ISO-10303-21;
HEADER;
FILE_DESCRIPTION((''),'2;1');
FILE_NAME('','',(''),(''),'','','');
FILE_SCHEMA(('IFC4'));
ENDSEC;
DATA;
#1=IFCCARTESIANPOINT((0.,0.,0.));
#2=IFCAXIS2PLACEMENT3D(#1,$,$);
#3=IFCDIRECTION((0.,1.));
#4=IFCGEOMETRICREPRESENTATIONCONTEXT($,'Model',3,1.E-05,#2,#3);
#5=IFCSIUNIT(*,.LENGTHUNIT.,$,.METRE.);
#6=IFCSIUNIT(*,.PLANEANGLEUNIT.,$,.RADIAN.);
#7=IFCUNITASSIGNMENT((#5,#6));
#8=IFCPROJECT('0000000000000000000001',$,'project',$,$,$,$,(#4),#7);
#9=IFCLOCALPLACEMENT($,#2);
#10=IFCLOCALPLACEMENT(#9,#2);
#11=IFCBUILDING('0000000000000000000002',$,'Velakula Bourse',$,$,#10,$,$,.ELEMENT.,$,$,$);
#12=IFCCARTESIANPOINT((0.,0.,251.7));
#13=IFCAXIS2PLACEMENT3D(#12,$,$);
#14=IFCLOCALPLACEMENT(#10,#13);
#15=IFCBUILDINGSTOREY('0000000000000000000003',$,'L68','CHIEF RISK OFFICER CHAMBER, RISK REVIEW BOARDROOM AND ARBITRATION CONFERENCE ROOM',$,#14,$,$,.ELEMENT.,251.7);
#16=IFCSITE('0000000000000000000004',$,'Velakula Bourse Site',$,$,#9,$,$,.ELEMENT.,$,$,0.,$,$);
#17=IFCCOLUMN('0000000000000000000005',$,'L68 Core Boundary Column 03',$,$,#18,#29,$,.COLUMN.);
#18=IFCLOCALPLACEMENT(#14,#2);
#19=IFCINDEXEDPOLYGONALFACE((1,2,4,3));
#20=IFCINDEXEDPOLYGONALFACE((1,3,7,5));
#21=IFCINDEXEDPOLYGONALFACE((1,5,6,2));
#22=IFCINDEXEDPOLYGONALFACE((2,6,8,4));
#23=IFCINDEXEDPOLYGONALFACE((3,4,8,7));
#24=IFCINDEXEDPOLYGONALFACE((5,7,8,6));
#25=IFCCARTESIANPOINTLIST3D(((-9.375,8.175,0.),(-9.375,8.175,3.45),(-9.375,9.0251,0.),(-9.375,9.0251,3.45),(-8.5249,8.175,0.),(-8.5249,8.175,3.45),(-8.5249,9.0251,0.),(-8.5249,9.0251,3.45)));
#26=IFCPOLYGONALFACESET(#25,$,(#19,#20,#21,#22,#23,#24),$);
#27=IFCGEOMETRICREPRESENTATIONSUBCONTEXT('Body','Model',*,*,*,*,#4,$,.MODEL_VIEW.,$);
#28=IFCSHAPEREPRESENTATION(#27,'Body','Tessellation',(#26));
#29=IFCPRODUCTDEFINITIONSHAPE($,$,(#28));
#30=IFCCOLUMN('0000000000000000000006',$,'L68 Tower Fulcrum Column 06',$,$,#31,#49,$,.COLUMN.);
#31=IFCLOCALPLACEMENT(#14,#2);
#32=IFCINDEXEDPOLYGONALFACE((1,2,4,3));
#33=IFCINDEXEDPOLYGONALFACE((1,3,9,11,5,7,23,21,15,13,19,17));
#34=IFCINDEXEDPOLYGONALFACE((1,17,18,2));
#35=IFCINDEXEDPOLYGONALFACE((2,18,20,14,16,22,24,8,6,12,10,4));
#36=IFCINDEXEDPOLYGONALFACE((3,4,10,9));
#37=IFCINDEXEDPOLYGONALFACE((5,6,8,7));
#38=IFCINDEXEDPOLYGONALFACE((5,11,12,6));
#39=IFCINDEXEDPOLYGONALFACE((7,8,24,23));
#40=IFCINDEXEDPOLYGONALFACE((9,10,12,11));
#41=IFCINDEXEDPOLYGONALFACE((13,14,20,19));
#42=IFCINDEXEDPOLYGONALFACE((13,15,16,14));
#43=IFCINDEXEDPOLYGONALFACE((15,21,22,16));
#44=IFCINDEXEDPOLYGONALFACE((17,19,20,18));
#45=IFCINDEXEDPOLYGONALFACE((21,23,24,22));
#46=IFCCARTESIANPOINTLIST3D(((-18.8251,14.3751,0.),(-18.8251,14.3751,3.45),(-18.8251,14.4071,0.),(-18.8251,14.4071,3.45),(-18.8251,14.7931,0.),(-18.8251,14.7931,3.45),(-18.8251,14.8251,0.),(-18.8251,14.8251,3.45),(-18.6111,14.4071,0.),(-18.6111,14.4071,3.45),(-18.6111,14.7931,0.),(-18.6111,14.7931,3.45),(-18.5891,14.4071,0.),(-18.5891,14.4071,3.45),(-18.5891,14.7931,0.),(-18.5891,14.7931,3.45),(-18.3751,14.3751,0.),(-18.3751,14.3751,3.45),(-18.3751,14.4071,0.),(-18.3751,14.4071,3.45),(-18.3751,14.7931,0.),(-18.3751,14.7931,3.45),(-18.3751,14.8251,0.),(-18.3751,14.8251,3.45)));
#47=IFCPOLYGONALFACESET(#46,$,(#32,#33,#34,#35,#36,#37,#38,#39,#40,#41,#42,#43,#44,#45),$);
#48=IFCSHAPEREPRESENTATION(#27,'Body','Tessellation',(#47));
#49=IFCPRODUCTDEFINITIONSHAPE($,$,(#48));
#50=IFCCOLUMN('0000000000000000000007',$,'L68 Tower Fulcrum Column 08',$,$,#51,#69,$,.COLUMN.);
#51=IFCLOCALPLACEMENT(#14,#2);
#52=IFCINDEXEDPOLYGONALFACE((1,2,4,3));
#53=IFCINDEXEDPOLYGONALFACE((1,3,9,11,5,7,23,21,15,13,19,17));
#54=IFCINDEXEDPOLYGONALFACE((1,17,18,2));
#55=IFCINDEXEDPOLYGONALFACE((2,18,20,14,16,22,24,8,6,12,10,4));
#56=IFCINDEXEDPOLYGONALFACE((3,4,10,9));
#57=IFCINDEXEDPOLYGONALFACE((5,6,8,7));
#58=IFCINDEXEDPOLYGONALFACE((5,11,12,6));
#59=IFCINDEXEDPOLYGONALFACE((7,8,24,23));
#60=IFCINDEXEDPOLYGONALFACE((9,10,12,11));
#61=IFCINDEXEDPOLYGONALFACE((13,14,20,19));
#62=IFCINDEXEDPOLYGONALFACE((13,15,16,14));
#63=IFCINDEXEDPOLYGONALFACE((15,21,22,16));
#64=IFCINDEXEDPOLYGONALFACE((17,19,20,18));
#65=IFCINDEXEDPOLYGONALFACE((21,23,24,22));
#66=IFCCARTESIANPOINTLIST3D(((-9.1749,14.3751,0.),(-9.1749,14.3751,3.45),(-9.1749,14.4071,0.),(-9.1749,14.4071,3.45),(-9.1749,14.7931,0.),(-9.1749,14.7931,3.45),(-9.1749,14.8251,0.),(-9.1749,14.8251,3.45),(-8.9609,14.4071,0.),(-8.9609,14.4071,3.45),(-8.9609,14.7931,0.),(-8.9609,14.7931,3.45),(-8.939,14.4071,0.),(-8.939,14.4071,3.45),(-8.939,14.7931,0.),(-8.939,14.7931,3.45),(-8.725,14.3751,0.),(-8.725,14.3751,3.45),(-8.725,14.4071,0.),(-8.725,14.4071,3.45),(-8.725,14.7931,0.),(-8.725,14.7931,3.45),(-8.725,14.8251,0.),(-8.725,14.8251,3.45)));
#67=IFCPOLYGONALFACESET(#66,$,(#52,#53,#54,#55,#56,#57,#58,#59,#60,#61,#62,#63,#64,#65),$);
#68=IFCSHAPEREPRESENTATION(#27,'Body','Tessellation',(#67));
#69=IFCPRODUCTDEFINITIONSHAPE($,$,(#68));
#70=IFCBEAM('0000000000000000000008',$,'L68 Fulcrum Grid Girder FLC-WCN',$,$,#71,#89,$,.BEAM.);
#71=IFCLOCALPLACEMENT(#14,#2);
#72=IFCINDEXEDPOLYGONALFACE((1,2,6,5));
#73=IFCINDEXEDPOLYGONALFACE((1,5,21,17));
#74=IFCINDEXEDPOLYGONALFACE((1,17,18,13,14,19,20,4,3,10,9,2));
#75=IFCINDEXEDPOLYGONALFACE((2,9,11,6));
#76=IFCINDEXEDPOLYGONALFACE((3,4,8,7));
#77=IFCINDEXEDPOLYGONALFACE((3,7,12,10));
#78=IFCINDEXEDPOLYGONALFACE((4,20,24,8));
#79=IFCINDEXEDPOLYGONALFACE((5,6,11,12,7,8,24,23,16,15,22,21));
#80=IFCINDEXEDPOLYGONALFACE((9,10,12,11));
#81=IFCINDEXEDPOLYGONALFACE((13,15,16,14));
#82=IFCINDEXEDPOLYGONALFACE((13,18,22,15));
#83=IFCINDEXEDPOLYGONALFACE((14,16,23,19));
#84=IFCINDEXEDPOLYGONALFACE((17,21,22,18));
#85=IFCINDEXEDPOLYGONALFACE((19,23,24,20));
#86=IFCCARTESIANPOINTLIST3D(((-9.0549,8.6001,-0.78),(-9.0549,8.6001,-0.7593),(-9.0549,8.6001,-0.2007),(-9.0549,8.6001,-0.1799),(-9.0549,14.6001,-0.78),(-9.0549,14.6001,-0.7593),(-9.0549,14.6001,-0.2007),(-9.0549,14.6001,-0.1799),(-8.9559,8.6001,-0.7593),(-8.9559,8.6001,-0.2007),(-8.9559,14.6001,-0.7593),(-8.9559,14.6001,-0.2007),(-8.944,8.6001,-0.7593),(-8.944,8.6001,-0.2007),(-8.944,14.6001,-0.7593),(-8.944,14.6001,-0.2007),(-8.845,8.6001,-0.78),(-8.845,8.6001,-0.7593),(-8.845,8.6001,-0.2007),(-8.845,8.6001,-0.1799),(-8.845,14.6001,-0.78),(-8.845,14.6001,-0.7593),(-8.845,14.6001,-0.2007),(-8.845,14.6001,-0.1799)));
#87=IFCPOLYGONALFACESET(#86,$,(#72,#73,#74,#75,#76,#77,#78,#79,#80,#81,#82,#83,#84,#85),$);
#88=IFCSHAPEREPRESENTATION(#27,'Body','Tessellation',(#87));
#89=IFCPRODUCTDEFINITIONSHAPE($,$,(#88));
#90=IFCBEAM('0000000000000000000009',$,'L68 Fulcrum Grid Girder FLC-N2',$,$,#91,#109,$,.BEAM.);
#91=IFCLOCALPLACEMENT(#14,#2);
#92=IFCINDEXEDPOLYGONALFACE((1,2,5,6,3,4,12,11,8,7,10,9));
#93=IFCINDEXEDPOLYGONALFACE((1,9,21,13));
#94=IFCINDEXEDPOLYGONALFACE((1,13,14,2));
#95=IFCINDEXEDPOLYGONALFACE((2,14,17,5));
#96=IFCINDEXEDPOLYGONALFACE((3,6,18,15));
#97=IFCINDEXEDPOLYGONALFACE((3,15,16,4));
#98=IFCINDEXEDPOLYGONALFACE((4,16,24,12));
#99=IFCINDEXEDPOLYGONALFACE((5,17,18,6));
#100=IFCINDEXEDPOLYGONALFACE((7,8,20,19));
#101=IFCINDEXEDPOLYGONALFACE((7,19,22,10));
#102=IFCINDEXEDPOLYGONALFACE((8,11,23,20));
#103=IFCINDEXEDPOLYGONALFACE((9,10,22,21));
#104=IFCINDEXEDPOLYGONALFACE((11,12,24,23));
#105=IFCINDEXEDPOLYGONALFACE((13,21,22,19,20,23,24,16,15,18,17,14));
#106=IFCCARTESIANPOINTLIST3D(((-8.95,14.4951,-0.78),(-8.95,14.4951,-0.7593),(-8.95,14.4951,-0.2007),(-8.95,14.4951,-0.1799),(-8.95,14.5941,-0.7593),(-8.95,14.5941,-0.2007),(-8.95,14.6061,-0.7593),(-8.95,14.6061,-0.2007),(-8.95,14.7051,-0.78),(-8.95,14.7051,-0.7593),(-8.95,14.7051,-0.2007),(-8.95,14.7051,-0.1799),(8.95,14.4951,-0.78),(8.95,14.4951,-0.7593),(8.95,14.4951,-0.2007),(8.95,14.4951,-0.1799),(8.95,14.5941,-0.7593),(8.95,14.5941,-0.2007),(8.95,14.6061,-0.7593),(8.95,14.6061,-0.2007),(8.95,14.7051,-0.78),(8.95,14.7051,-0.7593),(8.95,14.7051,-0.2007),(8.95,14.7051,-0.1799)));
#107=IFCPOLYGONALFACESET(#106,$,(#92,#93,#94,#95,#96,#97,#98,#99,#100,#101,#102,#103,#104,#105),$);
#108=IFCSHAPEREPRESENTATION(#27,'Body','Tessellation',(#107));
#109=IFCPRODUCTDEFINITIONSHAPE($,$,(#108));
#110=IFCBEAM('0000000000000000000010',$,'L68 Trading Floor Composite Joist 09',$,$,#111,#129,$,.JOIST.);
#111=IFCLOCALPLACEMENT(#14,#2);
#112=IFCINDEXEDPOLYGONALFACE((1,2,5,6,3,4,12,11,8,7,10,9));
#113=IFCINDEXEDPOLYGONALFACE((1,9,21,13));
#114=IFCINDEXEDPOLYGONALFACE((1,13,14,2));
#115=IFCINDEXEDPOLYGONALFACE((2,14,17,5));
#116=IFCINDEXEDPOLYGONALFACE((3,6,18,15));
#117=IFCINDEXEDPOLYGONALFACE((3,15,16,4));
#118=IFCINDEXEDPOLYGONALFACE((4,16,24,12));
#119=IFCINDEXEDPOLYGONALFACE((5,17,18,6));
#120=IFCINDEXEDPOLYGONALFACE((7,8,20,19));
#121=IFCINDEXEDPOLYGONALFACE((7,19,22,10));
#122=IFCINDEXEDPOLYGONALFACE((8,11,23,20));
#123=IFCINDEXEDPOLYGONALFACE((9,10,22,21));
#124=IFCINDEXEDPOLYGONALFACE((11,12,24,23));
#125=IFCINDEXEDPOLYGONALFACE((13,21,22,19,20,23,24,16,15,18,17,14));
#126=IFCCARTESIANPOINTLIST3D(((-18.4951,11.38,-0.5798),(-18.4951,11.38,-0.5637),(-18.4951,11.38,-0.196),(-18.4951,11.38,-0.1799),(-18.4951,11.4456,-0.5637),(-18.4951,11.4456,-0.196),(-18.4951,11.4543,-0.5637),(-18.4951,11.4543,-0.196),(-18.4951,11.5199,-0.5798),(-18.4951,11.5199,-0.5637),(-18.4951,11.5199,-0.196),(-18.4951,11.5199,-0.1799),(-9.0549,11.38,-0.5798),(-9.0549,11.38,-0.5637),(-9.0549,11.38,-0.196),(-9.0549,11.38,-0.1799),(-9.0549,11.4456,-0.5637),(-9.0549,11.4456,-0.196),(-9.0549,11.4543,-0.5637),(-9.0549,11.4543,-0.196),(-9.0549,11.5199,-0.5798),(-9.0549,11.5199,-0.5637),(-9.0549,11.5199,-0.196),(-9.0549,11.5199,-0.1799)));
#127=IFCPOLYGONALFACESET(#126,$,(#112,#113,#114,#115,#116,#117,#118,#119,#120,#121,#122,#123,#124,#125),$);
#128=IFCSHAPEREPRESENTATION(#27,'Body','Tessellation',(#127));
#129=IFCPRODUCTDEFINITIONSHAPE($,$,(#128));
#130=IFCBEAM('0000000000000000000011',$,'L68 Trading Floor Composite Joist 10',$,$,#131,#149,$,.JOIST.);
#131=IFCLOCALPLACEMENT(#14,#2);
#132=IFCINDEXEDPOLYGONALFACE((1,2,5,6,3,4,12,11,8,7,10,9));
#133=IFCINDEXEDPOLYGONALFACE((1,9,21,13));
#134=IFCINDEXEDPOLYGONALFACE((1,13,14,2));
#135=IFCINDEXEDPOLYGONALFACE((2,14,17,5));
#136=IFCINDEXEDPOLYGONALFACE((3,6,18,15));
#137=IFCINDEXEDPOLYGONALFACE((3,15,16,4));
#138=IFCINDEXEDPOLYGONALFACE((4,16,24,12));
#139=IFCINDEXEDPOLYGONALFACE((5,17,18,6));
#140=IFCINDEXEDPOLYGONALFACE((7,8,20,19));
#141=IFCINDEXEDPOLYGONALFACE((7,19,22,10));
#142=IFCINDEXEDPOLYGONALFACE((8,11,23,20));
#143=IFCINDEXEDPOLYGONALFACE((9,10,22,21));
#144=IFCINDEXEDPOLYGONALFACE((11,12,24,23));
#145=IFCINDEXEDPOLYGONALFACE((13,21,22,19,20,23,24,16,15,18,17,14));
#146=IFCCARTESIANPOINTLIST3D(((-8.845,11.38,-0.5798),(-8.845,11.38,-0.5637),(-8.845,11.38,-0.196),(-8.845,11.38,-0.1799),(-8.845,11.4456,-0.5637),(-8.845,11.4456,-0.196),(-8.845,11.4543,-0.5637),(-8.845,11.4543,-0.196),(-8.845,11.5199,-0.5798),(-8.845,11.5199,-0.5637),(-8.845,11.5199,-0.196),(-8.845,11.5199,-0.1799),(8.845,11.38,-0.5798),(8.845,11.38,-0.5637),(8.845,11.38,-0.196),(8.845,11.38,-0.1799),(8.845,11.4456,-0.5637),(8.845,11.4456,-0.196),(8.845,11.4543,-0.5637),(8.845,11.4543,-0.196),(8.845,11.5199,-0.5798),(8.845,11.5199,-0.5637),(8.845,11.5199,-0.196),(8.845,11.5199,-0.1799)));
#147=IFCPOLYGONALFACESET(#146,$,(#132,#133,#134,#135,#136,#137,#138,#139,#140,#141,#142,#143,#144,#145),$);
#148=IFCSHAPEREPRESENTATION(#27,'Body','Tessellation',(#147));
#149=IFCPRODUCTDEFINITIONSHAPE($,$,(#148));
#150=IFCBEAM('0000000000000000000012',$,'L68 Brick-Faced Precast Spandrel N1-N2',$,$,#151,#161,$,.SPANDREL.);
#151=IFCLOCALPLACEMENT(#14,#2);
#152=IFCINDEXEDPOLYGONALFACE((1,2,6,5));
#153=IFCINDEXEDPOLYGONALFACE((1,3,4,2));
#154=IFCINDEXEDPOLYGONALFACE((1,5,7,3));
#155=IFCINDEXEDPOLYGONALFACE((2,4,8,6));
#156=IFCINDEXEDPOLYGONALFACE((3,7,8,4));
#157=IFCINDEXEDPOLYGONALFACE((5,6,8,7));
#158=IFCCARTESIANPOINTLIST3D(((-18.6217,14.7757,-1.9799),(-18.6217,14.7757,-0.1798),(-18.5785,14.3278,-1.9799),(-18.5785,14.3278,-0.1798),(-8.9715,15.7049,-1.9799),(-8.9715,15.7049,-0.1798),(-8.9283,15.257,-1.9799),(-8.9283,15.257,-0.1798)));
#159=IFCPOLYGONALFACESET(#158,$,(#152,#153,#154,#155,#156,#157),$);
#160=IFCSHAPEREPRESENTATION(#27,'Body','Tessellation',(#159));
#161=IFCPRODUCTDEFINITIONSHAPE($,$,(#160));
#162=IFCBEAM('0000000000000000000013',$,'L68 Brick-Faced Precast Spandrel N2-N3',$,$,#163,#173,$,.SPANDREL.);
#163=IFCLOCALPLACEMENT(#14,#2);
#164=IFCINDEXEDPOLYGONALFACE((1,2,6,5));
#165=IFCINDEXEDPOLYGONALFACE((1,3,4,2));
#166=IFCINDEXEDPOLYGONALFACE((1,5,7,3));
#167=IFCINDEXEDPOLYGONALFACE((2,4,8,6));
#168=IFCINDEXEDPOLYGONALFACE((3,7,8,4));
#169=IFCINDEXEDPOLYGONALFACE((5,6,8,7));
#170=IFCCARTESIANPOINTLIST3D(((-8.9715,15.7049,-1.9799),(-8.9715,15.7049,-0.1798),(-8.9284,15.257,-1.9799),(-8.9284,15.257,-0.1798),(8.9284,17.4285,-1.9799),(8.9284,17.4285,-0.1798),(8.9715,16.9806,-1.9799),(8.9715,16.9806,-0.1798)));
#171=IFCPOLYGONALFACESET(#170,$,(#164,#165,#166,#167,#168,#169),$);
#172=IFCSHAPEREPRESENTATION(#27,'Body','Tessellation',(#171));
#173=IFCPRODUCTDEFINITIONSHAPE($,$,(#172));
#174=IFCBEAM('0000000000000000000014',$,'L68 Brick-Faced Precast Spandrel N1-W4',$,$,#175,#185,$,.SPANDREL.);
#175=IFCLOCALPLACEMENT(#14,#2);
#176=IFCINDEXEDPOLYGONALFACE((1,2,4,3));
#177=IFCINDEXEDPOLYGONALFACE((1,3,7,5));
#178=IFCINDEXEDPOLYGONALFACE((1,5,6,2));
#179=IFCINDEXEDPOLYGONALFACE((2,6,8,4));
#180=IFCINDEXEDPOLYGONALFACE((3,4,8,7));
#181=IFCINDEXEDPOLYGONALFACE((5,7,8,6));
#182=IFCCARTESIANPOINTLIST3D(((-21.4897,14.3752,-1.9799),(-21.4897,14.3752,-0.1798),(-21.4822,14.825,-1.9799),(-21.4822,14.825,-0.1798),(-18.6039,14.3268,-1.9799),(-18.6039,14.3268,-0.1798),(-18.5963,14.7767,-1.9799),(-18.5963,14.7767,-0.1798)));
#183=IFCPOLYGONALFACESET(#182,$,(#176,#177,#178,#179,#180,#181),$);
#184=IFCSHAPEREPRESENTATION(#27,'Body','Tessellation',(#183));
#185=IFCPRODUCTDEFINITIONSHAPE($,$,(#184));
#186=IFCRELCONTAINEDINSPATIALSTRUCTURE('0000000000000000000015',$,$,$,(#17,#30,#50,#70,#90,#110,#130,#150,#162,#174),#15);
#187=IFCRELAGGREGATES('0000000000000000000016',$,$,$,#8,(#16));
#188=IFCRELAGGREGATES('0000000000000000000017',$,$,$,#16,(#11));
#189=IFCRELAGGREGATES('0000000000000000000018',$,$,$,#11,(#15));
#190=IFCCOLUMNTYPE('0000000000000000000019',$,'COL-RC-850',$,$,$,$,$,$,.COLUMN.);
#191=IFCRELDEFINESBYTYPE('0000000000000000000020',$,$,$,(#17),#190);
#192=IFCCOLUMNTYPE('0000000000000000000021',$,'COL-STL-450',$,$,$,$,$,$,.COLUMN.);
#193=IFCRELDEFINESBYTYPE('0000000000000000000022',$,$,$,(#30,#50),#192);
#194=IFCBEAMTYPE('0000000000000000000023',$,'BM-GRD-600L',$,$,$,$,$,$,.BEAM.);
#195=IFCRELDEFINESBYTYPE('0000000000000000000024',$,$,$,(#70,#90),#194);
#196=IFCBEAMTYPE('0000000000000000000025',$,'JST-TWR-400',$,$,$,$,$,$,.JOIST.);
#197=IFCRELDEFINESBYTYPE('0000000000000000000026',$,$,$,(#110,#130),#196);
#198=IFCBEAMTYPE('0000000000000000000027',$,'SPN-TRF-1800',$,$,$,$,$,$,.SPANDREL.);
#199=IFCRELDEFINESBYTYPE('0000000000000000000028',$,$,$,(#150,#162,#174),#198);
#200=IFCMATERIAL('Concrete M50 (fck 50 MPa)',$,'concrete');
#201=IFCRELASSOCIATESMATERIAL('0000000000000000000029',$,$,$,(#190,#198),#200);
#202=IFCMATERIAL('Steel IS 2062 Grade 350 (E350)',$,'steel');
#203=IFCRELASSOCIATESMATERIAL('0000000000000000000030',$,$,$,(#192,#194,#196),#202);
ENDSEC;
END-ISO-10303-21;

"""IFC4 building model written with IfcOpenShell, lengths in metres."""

from ifc_helpers import new_model, si_unit, direction, frame, origin, origin_2d, place, context, subcontext, project, spatial, rectangle, i_section, extrude, material, material_profile, profile_set, type_object, element, save


model = new_model("IFC4")

# Units and contexts
model_context = context("Model", 3, precision=1e-05, world=origin(), true_north=direction((0.0, 1.0)))
body_context = subcontext(model_context, "Body", "Model", "MODEL_VIEW")
ifc_project = project(units=[si_unit("LENGTHUNIT", "METRE"), si_unit("PLANEANGLEUNIT", "RADIAN")], contexts=[model_context])

# Site, building, storey
site_placement = place(None, origin())
site = spatial("IfcSite", under=ifc_project, at=site_placement, Name="Velakula Bourse Site", CompositionType="ELEMENT", RefElevation=0.0)
building_placement = place(site_placement, origin())
building = spatial("IfcBuilding", under=site, at=building_placement, Name="Velakula Bourse", CompositionType="ELEMENT")
storey_placement = place(building_placement, frame((0.0, 0.0, 251.7)))
storey = spatial("IfcBuildingStorey", under=building, at=storey_placement, Name="L68", Description="CHIEF RISK OFFICER CHAMBER, RISK REVIEW BOARDROOM AND ARBITRATION CONFERENCE ROOM", CompositionType="ELEMENT", Elevation=251.7)

# Columns
ifc_material_1 = material(Name="Concrete M50 (fck 50 MPa)", Category="concrete")
ifc_material_profile_1 = material_profile(ifc_material_1, rectangle(XDim=0.8501, YDim=0.8501, at=origin_2d()), Name="Concrete M50 (fck 50 MPa)")
ifc_profile_set_1 = profile_set([ifc_material_profile_1], Name="Concrete M50 (fck 50 MPa)")
column_type_1 = type_object("IfcColumnType", Name="COL-RC-850", PredefinedType="COLUMN", material=ifc_profile_set_1)
column_placement = place(storey_placement, frame((-8.95, 8.6001, 0.0), z_axis=(0.0, 0.0, 1.0), x_axis=(1.0, 0.0, 0.0)))
element("IfcColumn", 1, at=column_placement, inside=storey, type_object=column_type_1, Name="L68 Core Boundary Column 03", PredefinedType="COLUMN", context=body_context, shape_type="SweptSolid", body=[
    extrude(rectangle(XDim=0.8501, YDim=0.8501, at=origin_2d()), origin(), (0.0, 0.0, 1.0), 3.45),
])
ifc_material_2 = material(Name="Steel IS 2062 Grade 350 (E350)", Category="steel")
ifc_material_profile_2 = material_profile(ifc_material_2, i_section(OverallWidth=0.45, OverallDepth=0.45, WebThickness=0.022, FlangeThickness=0.032, at=origin_2d()), Name="Steel IS 2062 Grade 350 (E350)")
ifc_profile_set_2 = profile_set([ifc_material_profile_2], Name="Steel IS 2062 Grade 350 (E350)")
column_type_2 = type_object("IfcColumnType", Name="COL-STL-450", PredefinedType="COLUMN", material=ifc_profile_set_2)
for number, where, z_axis, x_axis, name in (
    (2, (-18.6001, 14.6001, 0.0), (0.0, 0.0, 1.0), (1.0, 0.0, 0.0), "L68 Tower Fulcrum Column 06"),
    (3, (-8.95, 14.6001, 0.0), (0.0, 0.0, 1.0), (1.0, 0.0, 0.0), "L68 Tower Fulcrum Column 08"),
):
    element("IfcColumn", number, at=place(storey_placement, frame(where, z_axis=z_axis, x_axis=x_axis)), inside=storey, type_object=column_type_2, Name=name, PredefinedType="COLUMN", context=body_context, shape_type="SweptSolid", body=[
        extrude(i_section(OverallWidth=0.45, OverallDepth=0.45, WebThickness=0.022, FlangeThickness=0.032, at=origin_2d()), origin(), (0.0, 0.0, 1.0), 3.45),
    ])

# Beams
ifc_material_profile_3 = material_profile(ifc_material_2, i_section(OverallWidth=0.21, OverallDepth=0.6001, WebThickness=0.012, FlangeThickness=0.0208, at=origin_2d()), Name="Steel IS 2062 Grade 350 (E350)")
ifc_profile_set_3 = profile_set([ifc_material_profile_3], Name="Steel IS 2062 Grade 350 (E350)")
beam_type_1 = type_object("IfcBeamType", Name="BM-GRD-600L", PredefinedType="BEAM", material=ifc_profile_set_3)
beam_1_placement = place(storey_placement, frame((-8.95, 8.6001, -0.48), z_axis=(0.0, 1.0, 0.0), x_axis=(-1.0, 0.0, 0.0)))
element("IfcBeam", 4, at=beam_1_placement, inside=storey, type_object=beam_type_1, Name="L68 Fulcrum Grid Girder FLC-WCN", PredefinedType="BEAM", context=body_context, shape_type="SweptSolid", body=[
    extrude(i_section(OverallWidth=0.21, OverallDepth=0.6001, WebThickness=0.012, FlangeThickness=0.0208, at=origin_2d()), origin(), (0.0, 0.0, 1.0), 6.0),
])
beam_2_placement = place(storey_placement, frame((-8.95, 14.6001, -0.48), z_axis=(1.0, 0.0, 0.0), x_axis=(0.0, 1.0, 0.0)))
element("IfcBeam", 5, at=beam_2_placement, inside=storey, type_object=beam_type_1, Name="L68 Fulcrum Grid Girder FLC-N2", PredefinedType="BEAM", context=body_context, shape_type="SweptSolid", body=[
    extrude(i_section(OverallWidth=0.21, OverallDepth=0.6001, WebThickness=0.012, FlangeThickness=0.0208, at=origin_2d()), origin(), (0.0, 0.0, 1.0), 17.8999),
])
ifc_material_profile_4 = material_profile(ifc_material_2, i_section(OverallWidth=0.1399, OverallDepth=0.3999, WebThickness=0.0088, FlangeThickness=0.0161, at=origin_2d()), Name="Steel IS 2062 Grade 350 (E350)")
ifc_profile_set_4 = profile_set([ifc_material_profile_4], Name="Steel IS 2062 Grade 350 (E350)")
beam_type_2 = type_object("IfcBeamType", Name="JST-TWR-400", PredefinedType="JOIST", material=ifc_profile_set_4)
beam_3_placement = place(storey_placement, frame((-18.4951, 11.45, -0.3799), z_axis=(1.0, 0.0, 0.0), x_axis=(0.0, 1.0, 0.0)))
element("IfcBeam", 6, at=beam_3_placement, inside=storey, type_object=beam_type_2, Name="L68 Trading Floor Composite Joist 09", PredefinedType="JOIST", context=body_context, shape_type="SweptSolid", body=[
    extrude(i_section(OverallWidth=0.1399, OverallDepth=0.3999, WebThickness=0.0088, FlangeThickness=0.0161, at=origin_2d()), origin(), (0.0, 0.0, 1.0), 9.4402),
])
beam_4_placement = place(storey_placement, frame((-8.845, 11.45, -0.3799), z_axis=(1.0, 0.0, 0.0), x_axis=(0.0, 1.0, 0.0)))
element("IfcBeam", 7, at=beam_4_placement, inside=storey, type_object=beam_type_2, Name="L68 Trading Floor Composite Joist 10", PredefinedType="JOIST", context=body_context, shape_type="SweptSolid", body=[
    extrude(i_section(OverallWidth=0.1399, OverallDepth=0.3999, WebThickness=0.0088, FlangeThickness=0.0161, at=origin_2d()), origin(), (0.0, 0.0, 1.0), 17.6899),
])
ifc_material_profile_5 = material_profile(ifc_material_1, rectangle(XDim=0.45, YDim=1.8, at=origin_2d()), Name="Concrete M50 (fck 50 MPa)")
ifc_profile_set_5 = profile_set([ifc_material_profile_5], Name="Concrete M50 (fck 50 MPa)")
beam_type_3 = type_object("IfcBeamType", Name="SPN-TRF-1800", PredefinedType="SPANDREL", material=ifc_profile_set_5)
beam_5_placement = place(storey_placement, frame((-18.6001, 14.5518, -1.0798), z_axis=(0.995396, 0.095845, 0.0), x_axis=(-0.095845, 0.995396, 0.0)))
element("IfcBeam", 8, at=beam_5_placement, inside=storey, type_object=beam_type_3, Name="L68 Brick-Faced Precast Spandrel N1-N2", PredefinedType="SPANDREL", context=body_context, shape_type="SweptSolid", body=[
    extrude(rectangle(XDim=0.45, YDim=1.8, at=origin_2d()), origin(), (0.0, 0.0, 1.0), 9.6948),
])
beam_6_placement = place(storey_placement, frame((-8.95, 15.481, -1.0798), z_axis=(0.995396, 0.09585, 0.0), x_axis=(-0.09585, 0.995396, 0.0)))
element("IfcBeam", 9, at=beam_6_placement, inside=storey, type_object=beam_type_3, Name="L68 Brick-Faced Precast Spandrel N2-N3", PredefinedType="SPANDREL", context=body_context, shape_type="SweptSolid", body=[
    extrude(rectangle(XDim=0.45, YDim=1.8, at=origin_2d()), origin(), (0.0, 0.0, 1.0), 17.9827),
])
beam_7_placement = place(storey_placement, frame((-18.6001, 14.5518, -1.0798), z_axis=(-0.99986, 0.016749, 0.0), x_axis=(-0.016749, -0.99986, 0.0)))
element("IfcBeam", 10, at=beam_7_placement, inside=storey, type_object=beam_type_3, Name="L68 Brick-Faced Precast Spandrel N1-W4", PredefinedType="SPANDREL", context=body_context, shape_type="SweptSolid", body=[
    extrude(rectangle(XDim=0.45, YDim=1.8, at=origin_2d()), origin(), (0.0, 0.0, 1.0), 2.8862),
])

save(model, "model.ifc")
